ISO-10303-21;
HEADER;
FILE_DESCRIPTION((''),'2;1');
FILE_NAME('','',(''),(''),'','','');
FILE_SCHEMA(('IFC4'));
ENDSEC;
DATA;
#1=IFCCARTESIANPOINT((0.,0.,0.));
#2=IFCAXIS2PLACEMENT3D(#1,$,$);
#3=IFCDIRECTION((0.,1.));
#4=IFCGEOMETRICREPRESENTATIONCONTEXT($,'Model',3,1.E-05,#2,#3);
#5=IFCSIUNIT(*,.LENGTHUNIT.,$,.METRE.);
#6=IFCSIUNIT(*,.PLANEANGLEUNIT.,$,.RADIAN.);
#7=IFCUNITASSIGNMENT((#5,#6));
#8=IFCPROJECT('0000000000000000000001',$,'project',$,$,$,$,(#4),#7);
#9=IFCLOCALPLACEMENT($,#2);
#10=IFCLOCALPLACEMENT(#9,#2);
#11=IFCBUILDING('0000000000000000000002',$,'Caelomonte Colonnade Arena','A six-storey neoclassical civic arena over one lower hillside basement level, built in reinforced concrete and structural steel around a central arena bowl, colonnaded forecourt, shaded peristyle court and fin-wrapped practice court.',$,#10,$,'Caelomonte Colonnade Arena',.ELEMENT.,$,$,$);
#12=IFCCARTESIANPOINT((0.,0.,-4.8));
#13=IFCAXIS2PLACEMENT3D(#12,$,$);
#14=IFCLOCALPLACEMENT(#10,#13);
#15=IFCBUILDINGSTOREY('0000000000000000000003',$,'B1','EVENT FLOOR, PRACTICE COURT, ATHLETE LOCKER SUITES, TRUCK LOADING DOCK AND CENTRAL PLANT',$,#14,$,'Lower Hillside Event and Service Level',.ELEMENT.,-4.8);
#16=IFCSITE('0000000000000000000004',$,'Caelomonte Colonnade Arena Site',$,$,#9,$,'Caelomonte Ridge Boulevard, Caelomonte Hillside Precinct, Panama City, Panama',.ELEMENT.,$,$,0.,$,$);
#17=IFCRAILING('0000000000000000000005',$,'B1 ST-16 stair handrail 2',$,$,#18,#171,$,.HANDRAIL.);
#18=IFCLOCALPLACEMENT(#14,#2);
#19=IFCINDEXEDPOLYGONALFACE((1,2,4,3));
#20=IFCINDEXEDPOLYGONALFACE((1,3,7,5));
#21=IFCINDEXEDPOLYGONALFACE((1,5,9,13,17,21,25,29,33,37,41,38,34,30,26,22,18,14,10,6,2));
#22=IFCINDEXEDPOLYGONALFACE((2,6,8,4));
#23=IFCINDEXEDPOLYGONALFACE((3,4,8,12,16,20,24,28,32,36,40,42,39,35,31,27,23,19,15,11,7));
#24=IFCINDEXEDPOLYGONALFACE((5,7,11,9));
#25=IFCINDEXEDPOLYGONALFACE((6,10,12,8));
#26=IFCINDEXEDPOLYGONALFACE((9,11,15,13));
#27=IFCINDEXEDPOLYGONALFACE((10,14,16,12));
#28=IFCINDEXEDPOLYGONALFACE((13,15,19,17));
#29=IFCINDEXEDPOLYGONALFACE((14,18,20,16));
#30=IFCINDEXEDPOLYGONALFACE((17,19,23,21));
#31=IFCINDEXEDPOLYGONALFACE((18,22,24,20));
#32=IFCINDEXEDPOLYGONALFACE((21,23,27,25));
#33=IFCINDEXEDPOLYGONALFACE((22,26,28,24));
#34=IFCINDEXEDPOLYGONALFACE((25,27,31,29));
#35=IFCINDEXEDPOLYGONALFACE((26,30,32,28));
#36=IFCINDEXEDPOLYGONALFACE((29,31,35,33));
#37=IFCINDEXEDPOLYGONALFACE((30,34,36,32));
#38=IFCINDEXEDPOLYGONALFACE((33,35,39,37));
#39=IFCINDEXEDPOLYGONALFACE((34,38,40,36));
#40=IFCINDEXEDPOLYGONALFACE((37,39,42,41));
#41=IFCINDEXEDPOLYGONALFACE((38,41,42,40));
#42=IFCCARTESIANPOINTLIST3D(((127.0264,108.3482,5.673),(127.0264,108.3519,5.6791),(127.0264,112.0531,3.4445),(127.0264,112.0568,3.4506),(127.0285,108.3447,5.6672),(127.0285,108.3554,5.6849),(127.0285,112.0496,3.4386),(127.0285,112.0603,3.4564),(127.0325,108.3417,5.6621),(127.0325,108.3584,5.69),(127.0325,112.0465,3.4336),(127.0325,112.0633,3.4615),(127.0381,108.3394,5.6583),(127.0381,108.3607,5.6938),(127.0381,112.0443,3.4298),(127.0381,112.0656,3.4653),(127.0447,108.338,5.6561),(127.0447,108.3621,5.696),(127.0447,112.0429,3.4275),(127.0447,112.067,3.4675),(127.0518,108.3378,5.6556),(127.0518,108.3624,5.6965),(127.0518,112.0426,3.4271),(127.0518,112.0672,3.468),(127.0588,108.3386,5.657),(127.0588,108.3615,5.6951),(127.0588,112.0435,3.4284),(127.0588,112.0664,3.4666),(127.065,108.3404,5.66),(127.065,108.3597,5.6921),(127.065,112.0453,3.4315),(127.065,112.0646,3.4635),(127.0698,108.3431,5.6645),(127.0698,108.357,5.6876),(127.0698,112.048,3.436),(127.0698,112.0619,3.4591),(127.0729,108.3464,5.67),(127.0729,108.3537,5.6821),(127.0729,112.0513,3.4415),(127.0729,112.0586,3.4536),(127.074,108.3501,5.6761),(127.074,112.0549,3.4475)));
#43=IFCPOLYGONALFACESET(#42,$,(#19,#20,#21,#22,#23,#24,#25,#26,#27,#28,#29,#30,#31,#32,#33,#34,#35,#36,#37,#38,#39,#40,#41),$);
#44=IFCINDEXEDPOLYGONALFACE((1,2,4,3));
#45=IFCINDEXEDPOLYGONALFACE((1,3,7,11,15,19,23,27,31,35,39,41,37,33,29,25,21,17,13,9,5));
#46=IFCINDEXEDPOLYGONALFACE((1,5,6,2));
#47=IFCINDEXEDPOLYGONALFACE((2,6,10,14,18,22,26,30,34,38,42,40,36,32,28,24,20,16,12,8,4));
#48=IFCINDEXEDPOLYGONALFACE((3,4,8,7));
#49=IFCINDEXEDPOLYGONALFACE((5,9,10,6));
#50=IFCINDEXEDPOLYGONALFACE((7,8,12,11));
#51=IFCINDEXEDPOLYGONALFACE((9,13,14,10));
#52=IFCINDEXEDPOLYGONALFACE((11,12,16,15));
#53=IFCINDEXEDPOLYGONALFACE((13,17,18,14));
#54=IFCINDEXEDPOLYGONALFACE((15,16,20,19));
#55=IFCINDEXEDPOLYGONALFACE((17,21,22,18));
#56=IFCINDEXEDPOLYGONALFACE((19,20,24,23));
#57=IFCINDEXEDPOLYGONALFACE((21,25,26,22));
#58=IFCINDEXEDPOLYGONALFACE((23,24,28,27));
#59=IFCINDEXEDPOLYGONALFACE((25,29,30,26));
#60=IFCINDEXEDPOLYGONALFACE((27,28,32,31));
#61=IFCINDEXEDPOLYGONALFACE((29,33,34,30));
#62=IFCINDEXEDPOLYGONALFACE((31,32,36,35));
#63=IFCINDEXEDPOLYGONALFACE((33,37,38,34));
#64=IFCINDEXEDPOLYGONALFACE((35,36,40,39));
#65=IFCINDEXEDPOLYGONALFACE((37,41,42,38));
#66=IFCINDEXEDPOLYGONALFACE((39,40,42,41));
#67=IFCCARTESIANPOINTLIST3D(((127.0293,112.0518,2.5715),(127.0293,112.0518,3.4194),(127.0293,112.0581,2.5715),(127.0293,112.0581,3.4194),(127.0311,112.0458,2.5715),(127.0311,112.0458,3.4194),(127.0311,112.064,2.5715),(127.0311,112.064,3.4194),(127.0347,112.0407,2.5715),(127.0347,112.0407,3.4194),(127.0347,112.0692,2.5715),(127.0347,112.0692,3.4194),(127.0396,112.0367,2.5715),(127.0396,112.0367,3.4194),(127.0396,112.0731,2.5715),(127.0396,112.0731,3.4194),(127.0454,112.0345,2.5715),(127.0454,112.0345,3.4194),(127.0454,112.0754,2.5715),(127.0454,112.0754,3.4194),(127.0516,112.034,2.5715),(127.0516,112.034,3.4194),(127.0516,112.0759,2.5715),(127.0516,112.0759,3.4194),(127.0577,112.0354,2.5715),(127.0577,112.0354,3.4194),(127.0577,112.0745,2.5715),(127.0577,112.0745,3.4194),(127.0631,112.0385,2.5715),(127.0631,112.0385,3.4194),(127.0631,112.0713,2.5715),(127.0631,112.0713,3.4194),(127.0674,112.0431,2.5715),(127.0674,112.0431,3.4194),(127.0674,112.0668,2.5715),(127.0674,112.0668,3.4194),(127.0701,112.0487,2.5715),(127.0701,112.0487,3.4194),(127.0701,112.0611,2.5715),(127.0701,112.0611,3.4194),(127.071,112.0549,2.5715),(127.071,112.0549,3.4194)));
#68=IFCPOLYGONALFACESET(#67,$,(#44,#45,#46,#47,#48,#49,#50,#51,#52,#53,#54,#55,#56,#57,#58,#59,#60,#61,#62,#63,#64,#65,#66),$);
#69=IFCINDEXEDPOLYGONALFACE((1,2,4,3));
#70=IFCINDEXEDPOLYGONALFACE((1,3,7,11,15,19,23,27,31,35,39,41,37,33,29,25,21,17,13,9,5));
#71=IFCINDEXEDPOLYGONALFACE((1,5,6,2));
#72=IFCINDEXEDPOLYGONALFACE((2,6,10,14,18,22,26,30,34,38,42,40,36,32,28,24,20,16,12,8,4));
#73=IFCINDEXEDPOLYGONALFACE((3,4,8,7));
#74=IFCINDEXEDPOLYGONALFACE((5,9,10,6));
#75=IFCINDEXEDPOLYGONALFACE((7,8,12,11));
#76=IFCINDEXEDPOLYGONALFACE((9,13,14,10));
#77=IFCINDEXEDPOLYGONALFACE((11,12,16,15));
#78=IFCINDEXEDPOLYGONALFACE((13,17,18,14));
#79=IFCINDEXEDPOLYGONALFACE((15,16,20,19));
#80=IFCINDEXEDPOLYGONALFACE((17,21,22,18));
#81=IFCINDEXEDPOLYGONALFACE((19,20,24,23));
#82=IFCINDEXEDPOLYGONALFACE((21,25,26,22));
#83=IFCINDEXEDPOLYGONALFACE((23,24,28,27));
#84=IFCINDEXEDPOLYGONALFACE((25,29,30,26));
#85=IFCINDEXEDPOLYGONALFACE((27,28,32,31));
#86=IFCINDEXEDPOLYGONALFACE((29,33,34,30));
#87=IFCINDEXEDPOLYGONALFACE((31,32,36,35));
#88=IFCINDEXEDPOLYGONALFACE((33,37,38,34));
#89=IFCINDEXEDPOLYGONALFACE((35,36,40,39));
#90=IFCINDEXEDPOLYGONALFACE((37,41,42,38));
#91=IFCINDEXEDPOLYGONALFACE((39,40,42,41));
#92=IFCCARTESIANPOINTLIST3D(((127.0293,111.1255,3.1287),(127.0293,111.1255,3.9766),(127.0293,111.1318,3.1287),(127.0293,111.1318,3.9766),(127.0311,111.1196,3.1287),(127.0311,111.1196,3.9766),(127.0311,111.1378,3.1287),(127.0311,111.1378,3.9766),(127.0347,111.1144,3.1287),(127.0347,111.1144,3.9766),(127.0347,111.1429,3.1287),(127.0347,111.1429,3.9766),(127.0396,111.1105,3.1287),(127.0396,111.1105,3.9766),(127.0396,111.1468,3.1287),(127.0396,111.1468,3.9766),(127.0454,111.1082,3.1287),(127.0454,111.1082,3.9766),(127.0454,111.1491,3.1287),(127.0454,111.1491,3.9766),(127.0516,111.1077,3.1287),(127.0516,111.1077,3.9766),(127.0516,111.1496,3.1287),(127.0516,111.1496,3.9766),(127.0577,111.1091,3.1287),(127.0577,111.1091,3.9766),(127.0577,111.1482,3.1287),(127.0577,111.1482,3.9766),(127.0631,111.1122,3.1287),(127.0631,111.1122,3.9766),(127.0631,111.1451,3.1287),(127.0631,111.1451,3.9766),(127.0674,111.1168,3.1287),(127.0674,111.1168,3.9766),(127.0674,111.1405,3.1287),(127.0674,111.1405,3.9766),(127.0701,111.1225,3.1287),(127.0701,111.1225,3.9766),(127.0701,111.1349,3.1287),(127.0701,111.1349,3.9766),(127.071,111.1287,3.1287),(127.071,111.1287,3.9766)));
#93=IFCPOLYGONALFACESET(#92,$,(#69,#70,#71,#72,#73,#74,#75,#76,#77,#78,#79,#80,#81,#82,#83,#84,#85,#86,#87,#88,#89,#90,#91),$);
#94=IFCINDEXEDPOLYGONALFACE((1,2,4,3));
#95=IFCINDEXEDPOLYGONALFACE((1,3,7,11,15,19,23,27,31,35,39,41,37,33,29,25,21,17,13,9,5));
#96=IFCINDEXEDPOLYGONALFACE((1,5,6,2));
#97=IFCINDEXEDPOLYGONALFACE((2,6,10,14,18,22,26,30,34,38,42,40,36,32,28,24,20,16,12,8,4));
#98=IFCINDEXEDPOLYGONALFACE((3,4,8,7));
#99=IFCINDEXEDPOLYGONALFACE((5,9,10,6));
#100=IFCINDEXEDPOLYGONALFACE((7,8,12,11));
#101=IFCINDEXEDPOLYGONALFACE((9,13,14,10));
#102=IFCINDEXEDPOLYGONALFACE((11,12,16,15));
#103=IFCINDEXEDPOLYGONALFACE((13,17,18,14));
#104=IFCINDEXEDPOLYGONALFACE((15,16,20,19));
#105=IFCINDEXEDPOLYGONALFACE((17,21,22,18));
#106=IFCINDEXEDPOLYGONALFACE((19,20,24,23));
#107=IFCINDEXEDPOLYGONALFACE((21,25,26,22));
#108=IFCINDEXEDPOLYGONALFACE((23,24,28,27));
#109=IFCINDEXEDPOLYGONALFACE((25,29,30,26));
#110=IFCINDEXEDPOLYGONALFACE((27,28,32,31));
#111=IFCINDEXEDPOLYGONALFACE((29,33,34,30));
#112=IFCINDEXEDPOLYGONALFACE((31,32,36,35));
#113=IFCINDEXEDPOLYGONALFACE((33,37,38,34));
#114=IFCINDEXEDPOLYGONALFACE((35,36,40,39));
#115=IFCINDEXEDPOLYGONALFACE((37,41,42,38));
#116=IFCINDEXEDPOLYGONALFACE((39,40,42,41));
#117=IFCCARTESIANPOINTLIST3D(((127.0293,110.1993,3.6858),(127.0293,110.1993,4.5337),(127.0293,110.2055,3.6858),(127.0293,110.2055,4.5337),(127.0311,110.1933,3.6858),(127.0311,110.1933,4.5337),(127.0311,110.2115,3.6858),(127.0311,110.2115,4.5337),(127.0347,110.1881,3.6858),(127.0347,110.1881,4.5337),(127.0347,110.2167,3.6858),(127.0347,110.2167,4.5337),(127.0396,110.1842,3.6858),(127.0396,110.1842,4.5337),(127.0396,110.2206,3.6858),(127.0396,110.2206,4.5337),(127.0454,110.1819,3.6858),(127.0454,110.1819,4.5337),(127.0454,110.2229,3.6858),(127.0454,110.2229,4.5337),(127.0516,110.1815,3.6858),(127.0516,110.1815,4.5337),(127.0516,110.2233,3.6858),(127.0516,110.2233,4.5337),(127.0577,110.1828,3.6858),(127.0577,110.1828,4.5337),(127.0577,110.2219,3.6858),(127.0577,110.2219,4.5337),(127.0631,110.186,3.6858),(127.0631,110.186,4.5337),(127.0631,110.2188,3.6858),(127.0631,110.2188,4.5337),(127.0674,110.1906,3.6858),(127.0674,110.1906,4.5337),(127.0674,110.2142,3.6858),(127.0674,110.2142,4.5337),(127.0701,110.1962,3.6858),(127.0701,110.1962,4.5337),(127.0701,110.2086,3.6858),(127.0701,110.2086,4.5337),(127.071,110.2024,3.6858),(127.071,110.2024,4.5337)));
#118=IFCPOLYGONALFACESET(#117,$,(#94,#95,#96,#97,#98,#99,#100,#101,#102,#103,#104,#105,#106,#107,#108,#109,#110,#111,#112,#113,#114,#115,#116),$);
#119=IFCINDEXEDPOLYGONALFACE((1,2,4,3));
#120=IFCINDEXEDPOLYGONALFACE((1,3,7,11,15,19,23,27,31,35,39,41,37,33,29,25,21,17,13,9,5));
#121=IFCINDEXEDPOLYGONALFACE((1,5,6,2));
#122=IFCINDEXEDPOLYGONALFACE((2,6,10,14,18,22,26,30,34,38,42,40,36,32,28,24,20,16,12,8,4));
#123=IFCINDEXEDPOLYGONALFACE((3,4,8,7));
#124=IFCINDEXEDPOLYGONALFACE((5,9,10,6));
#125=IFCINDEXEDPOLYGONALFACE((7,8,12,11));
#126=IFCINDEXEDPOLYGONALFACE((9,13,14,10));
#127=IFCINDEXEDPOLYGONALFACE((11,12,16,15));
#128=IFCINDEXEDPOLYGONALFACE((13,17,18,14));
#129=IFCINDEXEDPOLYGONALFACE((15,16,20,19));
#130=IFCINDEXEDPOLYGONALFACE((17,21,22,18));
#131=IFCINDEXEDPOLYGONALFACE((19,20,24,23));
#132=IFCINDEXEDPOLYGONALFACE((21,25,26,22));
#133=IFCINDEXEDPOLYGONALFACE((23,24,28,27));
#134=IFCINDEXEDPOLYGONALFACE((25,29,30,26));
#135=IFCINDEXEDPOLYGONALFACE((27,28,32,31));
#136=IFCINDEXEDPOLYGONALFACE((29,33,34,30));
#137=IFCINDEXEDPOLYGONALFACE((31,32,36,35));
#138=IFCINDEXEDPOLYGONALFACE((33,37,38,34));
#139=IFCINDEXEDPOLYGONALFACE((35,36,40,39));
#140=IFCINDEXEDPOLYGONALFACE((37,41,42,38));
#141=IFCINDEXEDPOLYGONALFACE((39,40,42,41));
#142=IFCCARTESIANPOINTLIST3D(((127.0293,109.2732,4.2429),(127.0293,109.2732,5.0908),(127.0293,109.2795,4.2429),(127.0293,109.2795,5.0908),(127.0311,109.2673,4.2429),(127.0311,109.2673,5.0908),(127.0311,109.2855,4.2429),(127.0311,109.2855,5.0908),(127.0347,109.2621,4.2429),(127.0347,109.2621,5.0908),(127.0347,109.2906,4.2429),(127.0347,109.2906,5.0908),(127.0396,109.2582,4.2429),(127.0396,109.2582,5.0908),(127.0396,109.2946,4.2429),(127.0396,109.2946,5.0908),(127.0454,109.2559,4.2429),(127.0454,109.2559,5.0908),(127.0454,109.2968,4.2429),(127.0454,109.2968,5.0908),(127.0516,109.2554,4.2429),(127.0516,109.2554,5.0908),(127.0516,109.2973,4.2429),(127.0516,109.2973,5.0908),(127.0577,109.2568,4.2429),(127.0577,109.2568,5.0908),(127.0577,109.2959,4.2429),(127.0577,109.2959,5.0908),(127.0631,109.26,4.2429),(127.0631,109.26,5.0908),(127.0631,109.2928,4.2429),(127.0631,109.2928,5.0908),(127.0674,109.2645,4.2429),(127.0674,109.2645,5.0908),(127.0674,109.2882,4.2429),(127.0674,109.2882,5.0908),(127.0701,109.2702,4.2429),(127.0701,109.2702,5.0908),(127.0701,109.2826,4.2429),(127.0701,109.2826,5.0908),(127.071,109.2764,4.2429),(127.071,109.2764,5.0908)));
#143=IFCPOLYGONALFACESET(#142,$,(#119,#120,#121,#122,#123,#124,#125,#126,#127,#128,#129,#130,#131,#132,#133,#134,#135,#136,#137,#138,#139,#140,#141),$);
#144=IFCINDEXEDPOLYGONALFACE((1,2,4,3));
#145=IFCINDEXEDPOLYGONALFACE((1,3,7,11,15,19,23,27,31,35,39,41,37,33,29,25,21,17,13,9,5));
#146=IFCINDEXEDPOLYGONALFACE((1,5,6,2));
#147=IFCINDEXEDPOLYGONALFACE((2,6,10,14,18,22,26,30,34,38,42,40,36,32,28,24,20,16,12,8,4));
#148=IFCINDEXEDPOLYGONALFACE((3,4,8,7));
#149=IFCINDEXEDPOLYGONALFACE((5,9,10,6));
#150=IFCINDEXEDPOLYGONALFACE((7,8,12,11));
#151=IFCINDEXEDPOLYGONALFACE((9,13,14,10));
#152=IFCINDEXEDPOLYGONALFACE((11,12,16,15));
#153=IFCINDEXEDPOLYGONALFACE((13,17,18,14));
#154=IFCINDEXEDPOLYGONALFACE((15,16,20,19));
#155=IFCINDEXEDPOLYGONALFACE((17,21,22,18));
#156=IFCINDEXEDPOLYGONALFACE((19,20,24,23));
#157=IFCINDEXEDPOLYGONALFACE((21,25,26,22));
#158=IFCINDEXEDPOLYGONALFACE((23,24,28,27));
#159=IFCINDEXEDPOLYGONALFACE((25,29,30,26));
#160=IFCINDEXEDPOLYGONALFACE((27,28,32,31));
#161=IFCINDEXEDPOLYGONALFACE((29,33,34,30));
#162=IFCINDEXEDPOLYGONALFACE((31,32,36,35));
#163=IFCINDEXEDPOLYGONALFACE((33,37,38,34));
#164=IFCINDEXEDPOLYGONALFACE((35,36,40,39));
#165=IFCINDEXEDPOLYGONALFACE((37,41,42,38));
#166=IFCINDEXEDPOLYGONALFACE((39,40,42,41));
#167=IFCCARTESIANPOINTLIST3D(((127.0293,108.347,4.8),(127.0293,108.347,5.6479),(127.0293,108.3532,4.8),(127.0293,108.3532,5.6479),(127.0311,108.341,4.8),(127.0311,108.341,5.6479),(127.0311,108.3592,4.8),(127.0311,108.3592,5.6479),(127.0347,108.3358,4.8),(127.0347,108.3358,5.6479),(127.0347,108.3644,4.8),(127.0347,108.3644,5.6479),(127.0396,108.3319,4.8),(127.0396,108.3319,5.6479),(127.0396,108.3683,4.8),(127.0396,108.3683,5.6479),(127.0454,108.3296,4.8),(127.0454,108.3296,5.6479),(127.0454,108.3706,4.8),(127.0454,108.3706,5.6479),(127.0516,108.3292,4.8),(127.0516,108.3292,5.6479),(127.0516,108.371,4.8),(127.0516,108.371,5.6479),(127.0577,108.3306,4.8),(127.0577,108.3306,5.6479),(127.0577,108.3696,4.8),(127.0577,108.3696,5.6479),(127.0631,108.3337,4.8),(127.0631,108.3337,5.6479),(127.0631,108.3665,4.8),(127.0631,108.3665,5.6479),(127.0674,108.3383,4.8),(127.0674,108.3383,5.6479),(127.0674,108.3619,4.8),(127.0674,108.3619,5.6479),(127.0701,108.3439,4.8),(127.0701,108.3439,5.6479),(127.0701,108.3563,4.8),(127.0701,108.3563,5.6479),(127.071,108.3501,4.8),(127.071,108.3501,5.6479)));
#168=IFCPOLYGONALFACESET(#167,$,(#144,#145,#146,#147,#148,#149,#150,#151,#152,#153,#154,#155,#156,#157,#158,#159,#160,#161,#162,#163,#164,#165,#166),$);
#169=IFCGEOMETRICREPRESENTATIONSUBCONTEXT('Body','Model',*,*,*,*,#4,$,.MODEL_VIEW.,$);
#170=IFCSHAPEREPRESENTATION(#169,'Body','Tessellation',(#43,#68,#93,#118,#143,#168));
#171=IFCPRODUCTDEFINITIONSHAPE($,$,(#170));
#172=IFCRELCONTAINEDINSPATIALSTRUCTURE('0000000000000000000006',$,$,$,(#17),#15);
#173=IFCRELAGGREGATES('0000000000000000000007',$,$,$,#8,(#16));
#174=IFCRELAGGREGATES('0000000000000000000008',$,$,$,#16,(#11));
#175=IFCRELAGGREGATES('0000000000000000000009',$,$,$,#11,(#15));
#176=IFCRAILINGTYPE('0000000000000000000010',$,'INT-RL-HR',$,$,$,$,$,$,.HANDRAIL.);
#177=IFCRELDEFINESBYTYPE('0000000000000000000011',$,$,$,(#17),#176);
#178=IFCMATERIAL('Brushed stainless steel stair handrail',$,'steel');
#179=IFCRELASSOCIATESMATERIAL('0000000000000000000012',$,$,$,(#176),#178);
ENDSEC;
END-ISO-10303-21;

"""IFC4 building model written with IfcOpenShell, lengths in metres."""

from ifc_helpers import new_model, si_unit, direction, frame, origin, origin_2d, place, context, subcontext, project, spatial, circle, extrude, material, type_object, element, save


model = new_model("IFC4")

# Units and contexts
model_context = context("Model", 3, precision=1e-05, world=origin(), true_north=direction((0.0, 1.0)))
body_context = subcontext(model_context, "Body", "Model", "MODEL_VIEW")
ifc_project = project(units=[si_unit("LENGTHUNIT", "METRE"), si_unit("PLANEANGLEUNIT", "RADIAN")], contexts=[model_context])

# Site, building, storey
site_placement = place(None, origin())
site = spatial("IfcSite", under=ifc_project, at=site_placement, Name="Caelomonte Colonnade Arena Site", LongName="Caelomonte Ridge Boulevard, Caelomonte Hillside Precinct, Panama City, Panama", CompositionType="ELEMENT", RefElevation=0.0)
building_placement = place(site_placement, origin())
building = spatial("IfcBuilding", under=site, at=building_placement, Name="Caelomonte Colonnade Arena", Description="A six-storey neoclassical civic arena over one lower hillside basement level, built in reinforced concrete and structural steel around a central arena bowl, colonnaded forecourt, shaded peristyle court and fin-wrapped practice court.", LongName="Caelomonte Colonnade Arena", CompositionType="ELEMENT")
storey_placement = place(building_placement, frame((0.0, 0.0, -4.8)))
storey = spatial("IfcBuildingStorey", under=building, at=storey_placement, Name="B1", Description="EVENT FLOOR, PRACTICE COURT, ATHLETE LOCKER SUITES, TRUCK LOADING DOCK AND CENTRAL PLANT", LongName="Lower Hillside Event and Service Level", CompositionType="ELEMENT", Elevation=-4.8)

# Railing
ifc_material_1 = material(Name="Brushed stainless steel stair handrail", Category="steel")
railing_type_1 = type_object("IfcRailingType", Name="INT-RL-HR", PredefinedType="HANDRAIL", material=ifc_material_1)
railing_1_placement = place(storey_placement, frame((127.05, 112.0549, 2.5715)))
element("IfcRailing", 1, at=railing_1_placement, inside=storey, type_object=railing_type_1, Name="B1 ST-16 stair handrail 2", PredefinedType="HANDRAIL", context=body_context, shape_type="SweptSolid", body=[
    extrude(circle(Radius=0.0239, at=origin_2d()), frame((0.0, 0.0, 0.876), z_axis=(0.0, -0.856919, 0.51545), x_axis=(1.0, 0.0, 0.0)), (0.0, 0.0, 1.0), 4.3235),
    extrude(circle(Radius=0.021, at=origin_2d()), origin(), (0.0, 0.0, 1.0), 0.8479),
    extrude(circle(Radius=0.021, at=origin_2d()), frame((0.0, -0.9263, 0.5571)), (0.0, 0.0, 1.0), 0.8479),
    extrude(circle(Radius=0.021, at=origin_2d()), frame((0.0, -1.8525, 1.1143)), (0.0, 0.0, 1.0), 0.8479),
    extrude(circle(Radius=0.021, at=origin_2d()), frame((0.0, -2.7786, 1.6714)), (0.0, 0.0, 1.0), 0.8479),
    extrude(circle(Radius=0.021, at=origin_2d()), frame((0.0, -3.7048, 2.2285)), (0.0, 0.0, 1.0), 0.8479),
])

save(model, "model.ifc")
